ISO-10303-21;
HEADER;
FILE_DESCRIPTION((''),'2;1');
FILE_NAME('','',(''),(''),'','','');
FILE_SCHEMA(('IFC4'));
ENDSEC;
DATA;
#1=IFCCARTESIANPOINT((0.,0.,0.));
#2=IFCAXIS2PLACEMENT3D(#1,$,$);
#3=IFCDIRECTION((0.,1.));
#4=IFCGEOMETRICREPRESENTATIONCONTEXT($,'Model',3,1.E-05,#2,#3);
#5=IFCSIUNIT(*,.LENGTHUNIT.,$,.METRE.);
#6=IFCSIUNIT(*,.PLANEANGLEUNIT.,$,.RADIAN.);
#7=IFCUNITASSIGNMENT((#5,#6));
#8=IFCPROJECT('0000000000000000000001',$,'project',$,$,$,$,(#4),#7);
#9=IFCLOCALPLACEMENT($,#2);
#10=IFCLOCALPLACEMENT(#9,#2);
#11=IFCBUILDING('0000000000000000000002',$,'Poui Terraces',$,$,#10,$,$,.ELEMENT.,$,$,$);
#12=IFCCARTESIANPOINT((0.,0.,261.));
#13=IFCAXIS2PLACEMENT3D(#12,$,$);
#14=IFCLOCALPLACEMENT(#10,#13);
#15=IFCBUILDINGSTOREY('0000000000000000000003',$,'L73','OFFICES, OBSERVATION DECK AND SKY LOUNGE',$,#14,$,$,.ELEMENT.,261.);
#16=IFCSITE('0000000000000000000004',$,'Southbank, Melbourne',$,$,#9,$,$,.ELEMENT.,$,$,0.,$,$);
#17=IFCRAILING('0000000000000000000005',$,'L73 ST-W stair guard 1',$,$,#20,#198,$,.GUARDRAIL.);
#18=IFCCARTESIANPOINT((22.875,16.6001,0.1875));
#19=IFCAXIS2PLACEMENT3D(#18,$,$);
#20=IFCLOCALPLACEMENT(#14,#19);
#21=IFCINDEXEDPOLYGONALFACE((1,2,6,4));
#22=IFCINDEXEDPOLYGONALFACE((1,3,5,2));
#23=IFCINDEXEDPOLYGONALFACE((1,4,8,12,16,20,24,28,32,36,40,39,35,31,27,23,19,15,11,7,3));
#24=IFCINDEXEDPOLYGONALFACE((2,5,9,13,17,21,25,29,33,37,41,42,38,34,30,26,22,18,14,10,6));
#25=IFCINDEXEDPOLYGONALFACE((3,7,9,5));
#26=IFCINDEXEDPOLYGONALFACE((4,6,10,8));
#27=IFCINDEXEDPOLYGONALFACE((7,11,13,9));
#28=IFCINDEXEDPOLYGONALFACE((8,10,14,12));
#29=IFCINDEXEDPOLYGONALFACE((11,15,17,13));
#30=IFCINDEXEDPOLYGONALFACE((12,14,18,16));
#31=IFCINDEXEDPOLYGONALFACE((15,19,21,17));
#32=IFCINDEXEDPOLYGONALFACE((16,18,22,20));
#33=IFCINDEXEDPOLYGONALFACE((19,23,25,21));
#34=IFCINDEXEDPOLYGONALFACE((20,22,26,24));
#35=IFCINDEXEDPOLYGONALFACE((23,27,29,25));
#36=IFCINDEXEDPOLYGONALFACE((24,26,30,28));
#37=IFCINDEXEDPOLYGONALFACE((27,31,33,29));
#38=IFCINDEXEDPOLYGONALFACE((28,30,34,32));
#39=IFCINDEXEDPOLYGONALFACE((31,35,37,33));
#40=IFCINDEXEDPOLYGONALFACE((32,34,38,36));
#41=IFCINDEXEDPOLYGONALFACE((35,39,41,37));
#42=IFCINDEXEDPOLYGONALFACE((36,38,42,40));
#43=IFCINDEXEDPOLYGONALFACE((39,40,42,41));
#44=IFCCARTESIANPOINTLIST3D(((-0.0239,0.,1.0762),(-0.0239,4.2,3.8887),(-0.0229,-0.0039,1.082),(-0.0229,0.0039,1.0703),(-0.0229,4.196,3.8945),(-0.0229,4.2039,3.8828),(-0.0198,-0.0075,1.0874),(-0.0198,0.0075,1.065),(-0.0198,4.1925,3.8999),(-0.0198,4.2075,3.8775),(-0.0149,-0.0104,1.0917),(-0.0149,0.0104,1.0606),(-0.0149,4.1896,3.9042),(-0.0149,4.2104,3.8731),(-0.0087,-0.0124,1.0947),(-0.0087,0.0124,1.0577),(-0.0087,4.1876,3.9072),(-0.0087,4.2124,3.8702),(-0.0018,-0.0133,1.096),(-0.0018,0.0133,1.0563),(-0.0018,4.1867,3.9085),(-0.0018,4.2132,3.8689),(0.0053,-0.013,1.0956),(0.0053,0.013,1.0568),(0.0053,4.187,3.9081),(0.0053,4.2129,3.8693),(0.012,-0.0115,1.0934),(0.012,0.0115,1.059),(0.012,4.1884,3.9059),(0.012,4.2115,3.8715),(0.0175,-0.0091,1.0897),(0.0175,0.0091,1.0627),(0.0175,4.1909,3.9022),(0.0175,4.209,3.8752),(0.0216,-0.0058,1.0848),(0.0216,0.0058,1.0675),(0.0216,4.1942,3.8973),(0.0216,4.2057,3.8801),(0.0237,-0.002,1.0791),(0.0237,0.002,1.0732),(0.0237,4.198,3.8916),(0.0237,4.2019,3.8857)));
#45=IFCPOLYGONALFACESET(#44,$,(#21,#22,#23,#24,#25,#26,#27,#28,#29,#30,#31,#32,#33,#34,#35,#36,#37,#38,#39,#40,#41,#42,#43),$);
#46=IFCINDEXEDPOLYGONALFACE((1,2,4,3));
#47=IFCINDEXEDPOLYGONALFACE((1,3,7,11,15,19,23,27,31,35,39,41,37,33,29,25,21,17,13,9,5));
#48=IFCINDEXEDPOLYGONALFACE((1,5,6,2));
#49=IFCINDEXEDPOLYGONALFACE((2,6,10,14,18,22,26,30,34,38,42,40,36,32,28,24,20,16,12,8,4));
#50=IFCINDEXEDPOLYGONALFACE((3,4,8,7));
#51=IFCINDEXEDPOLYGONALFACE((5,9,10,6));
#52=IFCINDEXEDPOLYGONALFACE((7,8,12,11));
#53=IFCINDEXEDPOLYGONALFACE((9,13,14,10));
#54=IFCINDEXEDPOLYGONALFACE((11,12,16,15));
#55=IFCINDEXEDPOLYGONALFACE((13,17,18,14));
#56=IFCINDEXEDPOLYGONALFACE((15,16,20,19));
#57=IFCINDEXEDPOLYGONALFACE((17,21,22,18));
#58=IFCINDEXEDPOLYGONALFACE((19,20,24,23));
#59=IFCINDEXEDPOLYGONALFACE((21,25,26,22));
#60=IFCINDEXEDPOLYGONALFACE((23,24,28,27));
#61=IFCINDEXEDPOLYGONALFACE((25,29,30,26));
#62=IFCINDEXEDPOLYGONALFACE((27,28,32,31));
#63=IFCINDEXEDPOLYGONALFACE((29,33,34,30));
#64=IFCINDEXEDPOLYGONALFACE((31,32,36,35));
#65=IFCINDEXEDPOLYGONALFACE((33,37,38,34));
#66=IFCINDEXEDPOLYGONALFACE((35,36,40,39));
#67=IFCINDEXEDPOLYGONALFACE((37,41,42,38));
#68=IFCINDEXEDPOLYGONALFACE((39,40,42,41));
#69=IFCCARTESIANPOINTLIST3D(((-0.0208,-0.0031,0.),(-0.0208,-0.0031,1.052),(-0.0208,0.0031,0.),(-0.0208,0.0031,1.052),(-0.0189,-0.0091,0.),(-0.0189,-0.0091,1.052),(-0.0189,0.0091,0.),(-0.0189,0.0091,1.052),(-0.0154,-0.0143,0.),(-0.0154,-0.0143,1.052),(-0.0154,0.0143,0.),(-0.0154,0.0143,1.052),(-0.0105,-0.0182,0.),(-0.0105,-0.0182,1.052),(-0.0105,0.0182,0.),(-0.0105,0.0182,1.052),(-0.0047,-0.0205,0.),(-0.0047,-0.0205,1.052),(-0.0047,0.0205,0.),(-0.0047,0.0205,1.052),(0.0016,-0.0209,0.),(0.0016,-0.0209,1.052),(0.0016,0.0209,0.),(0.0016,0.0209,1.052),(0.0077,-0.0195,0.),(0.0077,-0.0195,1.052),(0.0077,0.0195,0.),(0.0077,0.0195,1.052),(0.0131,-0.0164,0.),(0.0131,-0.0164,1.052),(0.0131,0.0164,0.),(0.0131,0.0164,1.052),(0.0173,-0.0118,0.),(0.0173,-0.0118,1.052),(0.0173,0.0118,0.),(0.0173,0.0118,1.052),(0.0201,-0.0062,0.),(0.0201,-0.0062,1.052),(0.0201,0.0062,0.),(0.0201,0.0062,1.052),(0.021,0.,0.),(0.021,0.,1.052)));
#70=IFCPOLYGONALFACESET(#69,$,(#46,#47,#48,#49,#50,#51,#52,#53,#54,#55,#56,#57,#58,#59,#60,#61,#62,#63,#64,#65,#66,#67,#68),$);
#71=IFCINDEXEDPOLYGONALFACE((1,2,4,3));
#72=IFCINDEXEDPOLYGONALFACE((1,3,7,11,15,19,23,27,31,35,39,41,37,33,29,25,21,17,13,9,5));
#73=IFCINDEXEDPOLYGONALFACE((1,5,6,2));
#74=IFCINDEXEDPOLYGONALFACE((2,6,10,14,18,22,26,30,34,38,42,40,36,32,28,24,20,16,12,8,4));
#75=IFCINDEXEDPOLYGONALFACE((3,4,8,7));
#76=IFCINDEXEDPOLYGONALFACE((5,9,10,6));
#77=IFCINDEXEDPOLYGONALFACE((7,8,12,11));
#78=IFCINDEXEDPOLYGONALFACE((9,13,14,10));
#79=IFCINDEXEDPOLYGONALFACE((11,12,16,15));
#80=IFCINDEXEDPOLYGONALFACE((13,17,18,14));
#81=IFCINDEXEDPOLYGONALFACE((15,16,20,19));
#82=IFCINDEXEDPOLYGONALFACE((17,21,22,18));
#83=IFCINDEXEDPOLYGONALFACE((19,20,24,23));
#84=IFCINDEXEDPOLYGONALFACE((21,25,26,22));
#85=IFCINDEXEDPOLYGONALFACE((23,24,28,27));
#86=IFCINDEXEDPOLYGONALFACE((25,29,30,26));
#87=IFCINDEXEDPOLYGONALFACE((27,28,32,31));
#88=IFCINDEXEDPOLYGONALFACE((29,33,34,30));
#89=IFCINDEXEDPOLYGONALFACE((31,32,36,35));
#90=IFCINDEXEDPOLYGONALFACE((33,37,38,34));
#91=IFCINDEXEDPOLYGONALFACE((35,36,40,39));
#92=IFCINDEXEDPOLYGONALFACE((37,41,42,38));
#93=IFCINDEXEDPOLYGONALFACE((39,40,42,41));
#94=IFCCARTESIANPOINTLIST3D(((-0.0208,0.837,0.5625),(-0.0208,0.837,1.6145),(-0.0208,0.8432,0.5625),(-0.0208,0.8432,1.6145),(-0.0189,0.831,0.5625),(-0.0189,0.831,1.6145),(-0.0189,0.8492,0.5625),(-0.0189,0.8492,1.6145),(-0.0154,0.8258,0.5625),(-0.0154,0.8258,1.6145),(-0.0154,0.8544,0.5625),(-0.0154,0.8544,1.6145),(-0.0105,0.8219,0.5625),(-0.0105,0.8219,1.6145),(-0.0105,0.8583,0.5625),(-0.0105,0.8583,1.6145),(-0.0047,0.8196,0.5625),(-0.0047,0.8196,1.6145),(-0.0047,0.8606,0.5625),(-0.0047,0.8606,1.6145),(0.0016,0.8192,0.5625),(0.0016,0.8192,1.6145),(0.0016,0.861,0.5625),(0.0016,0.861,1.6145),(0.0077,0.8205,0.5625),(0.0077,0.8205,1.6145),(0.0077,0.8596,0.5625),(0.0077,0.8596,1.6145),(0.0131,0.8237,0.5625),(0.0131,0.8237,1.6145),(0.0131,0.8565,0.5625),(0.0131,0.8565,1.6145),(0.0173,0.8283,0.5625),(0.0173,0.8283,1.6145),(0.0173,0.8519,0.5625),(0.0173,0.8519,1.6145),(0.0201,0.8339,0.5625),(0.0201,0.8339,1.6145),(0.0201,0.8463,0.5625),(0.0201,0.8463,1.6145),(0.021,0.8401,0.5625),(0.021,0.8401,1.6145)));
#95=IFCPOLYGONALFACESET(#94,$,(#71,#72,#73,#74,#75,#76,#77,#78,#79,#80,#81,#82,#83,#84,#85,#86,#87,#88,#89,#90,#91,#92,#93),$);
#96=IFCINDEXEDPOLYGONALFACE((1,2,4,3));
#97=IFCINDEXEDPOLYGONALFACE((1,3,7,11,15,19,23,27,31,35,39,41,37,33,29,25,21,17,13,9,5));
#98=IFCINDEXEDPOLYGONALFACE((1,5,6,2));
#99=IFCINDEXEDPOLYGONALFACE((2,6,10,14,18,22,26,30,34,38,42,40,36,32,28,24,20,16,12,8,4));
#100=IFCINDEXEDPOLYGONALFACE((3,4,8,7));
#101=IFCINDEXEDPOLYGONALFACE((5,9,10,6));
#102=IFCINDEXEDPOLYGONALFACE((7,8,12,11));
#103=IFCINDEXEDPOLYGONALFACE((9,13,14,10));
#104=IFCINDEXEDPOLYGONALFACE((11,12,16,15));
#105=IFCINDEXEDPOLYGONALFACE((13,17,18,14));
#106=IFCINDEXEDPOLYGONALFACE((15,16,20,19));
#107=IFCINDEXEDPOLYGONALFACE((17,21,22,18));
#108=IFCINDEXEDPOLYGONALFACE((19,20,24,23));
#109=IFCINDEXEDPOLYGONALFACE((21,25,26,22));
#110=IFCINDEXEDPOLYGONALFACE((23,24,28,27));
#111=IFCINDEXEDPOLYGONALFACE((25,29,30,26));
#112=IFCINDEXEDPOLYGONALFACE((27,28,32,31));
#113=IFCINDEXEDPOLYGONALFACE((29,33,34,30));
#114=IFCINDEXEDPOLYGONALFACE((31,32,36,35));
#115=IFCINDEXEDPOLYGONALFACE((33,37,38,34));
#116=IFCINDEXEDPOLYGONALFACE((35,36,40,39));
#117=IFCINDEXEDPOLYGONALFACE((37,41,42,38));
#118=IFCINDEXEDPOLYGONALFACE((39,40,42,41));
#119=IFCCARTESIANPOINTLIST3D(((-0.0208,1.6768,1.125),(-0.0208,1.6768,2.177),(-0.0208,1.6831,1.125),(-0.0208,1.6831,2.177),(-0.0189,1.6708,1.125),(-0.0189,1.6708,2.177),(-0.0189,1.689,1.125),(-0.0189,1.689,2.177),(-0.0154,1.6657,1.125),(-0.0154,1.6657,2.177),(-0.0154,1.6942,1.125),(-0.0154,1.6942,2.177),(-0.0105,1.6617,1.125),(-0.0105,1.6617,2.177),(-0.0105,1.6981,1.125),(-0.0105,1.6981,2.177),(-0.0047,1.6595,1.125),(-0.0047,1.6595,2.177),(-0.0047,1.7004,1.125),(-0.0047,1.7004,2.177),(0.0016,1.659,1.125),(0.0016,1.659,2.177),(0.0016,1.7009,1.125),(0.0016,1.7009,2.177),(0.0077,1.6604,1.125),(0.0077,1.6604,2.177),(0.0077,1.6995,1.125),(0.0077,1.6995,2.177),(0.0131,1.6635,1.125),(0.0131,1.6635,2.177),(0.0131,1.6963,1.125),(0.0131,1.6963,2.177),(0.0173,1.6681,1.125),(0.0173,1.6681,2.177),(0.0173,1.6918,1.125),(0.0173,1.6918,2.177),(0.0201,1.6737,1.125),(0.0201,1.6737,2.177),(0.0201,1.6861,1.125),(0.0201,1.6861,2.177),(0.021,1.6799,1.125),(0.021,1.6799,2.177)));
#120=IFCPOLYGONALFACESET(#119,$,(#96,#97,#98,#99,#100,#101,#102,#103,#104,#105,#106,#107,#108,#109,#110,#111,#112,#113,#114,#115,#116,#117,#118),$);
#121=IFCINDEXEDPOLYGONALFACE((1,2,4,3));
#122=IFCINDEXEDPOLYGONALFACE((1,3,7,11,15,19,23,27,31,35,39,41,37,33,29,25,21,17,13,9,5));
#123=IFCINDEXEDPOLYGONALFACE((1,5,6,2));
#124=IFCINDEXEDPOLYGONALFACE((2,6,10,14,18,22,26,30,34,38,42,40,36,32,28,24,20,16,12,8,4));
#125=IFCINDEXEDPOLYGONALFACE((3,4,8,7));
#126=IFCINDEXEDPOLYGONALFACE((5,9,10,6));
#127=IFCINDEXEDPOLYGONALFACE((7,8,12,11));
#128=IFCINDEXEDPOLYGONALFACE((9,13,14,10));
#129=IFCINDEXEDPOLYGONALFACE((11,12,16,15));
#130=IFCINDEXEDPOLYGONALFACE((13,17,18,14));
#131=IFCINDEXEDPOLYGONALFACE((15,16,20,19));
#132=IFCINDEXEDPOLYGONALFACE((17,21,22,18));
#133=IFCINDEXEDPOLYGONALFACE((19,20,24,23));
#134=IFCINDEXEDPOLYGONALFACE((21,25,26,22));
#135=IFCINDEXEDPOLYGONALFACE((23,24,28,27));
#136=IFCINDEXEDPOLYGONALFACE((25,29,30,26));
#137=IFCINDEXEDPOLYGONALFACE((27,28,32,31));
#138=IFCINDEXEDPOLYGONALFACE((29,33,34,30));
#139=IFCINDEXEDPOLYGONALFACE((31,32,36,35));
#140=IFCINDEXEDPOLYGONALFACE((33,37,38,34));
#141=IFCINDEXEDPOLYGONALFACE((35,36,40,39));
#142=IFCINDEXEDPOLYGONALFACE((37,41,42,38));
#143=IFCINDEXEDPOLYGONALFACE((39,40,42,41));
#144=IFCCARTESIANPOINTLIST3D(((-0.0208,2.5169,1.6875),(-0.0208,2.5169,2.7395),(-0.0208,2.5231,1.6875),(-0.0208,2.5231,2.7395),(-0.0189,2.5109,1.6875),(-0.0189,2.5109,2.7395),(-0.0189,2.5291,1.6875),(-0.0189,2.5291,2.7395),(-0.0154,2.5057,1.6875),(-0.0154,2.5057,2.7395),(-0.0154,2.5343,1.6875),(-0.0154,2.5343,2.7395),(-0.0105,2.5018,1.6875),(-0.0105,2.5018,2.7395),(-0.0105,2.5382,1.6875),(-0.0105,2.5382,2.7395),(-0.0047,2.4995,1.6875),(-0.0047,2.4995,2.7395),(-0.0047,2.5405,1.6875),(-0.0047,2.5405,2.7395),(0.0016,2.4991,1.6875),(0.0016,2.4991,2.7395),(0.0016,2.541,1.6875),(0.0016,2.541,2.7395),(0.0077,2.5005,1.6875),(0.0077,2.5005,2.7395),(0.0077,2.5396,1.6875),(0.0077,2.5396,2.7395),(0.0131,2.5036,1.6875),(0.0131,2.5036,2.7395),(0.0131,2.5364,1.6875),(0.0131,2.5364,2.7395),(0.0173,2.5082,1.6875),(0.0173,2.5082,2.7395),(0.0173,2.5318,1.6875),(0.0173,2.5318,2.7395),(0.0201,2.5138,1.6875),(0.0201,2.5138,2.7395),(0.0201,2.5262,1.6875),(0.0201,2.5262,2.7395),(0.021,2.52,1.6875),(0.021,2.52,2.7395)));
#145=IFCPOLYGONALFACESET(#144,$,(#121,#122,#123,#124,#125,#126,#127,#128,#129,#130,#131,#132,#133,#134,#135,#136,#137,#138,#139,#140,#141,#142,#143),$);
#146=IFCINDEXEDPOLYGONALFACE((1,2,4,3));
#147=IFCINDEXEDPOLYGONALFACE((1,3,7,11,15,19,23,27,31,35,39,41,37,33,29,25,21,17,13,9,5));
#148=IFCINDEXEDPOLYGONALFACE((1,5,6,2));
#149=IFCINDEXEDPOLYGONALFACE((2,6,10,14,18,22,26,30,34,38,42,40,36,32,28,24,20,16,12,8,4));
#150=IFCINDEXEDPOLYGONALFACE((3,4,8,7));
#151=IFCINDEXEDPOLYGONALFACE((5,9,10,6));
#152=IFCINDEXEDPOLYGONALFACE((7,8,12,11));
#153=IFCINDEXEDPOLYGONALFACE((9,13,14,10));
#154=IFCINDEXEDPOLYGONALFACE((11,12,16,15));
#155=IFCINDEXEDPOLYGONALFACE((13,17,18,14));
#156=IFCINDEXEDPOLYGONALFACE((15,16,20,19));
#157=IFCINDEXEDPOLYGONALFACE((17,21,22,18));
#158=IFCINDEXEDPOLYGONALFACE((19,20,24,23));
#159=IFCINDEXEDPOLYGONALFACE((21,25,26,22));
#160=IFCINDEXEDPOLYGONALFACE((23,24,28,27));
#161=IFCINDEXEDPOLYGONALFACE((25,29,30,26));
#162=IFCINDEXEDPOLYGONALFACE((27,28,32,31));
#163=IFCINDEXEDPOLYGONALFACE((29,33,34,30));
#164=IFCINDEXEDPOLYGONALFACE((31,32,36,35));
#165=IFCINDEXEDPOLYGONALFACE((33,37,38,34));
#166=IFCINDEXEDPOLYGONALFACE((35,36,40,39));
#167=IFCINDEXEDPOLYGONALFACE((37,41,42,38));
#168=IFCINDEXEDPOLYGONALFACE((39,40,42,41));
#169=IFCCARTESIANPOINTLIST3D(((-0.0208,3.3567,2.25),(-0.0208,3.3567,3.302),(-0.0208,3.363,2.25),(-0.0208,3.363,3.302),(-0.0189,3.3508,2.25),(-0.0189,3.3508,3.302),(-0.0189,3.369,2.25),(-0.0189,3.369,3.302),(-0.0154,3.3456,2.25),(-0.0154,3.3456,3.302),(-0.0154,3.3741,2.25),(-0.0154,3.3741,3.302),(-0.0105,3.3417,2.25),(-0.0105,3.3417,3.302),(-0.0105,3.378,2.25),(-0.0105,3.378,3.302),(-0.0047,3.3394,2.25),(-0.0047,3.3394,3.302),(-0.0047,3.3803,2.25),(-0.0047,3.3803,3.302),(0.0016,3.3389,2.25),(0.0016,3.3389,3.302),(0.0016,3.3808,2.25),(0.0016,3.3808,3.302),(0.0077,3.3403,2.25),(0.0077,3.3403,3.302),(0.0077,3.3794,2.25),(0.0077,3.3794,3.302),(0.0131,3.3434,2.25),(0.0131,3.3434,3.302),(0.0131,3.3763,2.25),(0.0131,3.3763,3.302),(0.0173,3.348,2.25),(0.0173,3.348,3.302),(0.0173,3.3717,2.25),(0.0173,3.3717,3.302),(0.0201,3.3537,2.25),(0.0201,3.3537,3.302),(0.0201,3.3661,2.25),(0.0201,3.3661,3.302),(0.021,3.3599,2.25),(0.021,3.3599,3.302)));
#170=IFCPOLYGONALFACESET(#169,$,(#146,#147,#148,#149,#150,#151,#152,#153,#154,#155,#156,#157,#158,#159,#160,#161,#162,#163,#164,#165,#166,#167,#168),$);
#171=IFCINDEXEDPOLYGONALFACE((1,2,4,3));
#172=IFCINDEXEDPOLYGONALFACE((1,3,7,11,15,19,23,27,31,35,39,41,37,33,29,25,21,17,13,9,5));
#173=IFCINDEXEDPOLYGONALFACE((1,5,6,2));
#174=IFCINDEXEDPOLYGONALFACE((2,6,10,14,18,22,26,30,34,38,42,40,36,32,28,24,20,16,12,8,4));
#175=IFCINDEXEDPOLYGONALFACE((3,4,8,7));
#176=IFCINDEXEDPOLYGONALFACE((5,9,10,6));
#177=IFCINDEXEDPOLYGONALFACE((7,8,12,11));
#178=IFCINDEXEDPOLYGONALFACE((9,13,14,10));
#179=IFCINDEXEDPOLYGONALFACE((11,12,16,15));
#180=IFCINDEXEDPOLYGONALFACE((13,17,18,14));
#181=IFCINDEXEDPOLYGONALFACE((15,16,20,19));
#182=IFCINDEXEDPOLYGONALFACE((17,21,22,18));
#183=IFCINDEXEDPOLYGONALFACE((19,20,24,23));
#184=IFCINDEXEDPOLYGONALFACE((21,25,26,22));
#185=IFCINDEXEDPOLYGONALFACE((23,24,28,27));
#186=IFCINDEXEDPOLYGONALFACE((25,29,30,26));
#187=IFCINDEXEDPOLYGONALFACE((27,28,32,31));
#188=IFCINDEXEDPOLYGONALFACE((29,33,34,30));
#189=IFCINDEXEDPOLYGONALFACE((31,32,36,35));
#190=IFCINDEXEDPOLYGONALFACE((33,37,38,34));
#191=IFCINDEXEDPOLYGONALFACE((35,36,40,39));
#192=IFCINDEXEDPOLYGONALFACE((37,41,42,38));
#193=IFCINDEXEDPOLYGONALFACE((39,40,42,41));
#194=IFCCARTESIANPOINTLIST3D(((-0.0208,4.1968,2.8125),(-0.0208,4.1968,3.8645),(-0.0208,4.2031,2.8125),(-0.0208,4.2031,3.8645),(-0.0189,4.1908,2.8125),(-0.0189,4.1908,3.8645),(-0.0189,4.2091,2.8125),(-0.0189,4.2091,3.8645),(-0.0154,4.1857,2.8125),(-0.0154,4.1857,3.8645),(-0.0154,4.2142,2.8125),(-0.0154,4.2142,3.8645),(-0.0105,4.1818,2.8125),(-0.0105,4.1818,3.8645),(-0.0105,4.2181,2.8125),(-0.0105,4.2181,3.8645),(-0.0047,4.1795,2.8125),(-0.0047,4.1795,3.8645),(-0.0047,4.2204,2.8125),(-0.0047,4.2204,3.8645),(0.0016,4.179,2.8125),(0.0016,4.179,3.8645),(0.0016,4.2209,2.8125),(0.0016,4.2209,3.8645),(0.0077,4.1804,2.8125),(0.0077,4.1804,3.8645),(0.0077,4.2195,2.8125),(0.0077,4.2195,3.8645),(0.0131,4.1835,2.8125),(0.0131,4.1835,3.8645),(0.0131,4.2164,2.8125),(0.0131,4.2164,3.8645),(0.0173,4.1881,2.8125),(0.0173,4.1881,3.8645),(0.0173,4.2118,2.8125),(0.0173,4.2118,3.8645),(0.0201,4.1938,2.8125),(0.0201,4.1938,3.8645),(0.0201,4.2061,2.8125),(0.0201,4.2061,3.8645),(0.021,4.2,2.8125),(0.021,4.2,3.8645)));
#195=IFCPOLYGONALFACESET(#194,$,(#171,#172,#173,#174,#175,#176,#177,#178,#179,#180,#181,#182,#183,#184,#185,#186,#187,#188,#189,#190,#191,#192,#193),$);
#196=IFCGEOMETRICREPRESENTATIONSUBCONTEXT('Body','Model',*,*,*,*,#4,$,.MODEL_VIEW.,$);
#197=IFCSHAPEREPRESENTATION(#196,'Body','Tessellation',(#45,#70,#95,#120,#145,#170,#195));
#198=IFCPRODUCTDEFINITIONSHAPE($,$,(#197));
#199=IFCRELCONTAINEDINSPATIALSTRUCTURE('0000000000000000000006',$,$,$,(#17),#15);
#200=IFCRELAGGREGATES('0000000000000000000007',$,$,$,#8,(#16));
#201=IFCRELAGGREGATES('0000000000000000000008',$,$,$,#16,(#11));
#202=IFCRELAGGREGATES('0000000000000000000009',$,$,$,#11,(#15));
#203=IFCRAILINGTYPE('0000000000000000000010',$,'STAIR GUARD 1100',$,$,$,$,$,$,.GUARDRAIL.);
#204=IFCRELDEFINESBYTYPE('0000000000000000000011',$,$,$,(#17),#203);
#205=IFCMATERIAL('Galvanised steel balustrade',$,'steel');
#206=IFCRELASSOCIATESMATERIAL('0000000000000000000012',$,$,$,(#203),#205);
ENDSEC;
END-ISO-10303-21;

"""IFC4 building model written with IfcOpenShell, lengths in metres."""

from ifc_helpers import new_model, si_unit, direction, frame, origin, origin_2d, place, context, subcontext, project, spatial, circle, extrude, material, type_object, element, save


model = new_model("IFC4")

# Units and contexts
model_context = context("Model", 3, precision=1e-05, world=origin(), true_north=direction((0.0, 1.0)))
body_context = subcontext(model_context, "Body", "Model", "MODEL_VIEW")
ifc_project = project(units=[si_unit("LENGTHUNIT", "METRE"), si_unit("PLANEANGLEUNIT", "RADIAN")], contexts=[model_context])

# Site, building, storey
site_placement = place(None, origin())
site = spatial("IfcSite", under=ifc_project, at=site_placement, Name="Southbank, Melbourne", CompositionType="ELEMENT", RefElevation=0.0)
building_placement = place(site_placement, origin())
building = spatial("IfcBuilding", under=site, at=building_placement, Name="Poui Terraces", CompositionType="ELEMENT")
storey_placement = place(building_placement, frame((0.0, 0.0, 261.0)))
storey = spatial("IfcBuildingStorey", under=building, at=storey_placement, Name="L73", Description="OFFICES, OBSERVATION DECK AND SKY LOUNGE", CompositionType="ELEMENT", Elevation=261.0)

# Railing
ifc_material_1 = material(Name="Galvanised steel balustrade", Category="steel")
railing_type_1 = type_object("IfcRailingType", Name="STAIR GUARD 1100", PredefinedType="GUARDRAIL", material=ifc_material_1)
railing_1_placement = place(storey_placement, frame((22.875, 16.6001, 0.1875)))
element("IfcRailing", 1, at=railing_1_placement, inside=storey, type_object=railing_type_1, Name="L73 ST-W stair guard 1", PredefinedType="GUARDRAIL", context=body_context, shape_type="SweptSolid", body=[
    extrude(circle(Radius=0.0239, at=origin_2d()), frame((0.0, 0.0, 1.0762), z_axis=(0.0, 0.830904, 0.556416), x_axis=(-1.0, 0.0, 0.0)), (0.0, 0.0, 1.0), 5.0547),
    extrude(circle(Radius=0.021, at=origin_2d()), origin(), (0.0, 0.0, 1.0), 1.052),
    extrude(circle(Radius=0.021, at=origin_2d()), frame((0.0, 0.8401, 0.5625)), (0.0, 0.0, 1.0), 1.052),
    extrude(circle(Radius=0.021, at=origin_2d()), frame((0.0, 1.6799, 1.125)), (0.0, 0.0, 1.0), 1.052),
    extrude(circle(Radius=0.021, at=origin_2d()), frame((0.0, 2.52, 1.6875)), (0.0, 0.0, 1.0), 1.052),
    extrude(circle(Radius=0.021, at=origin_2d()), frame((0.0, 3.3599, 2.25)), (0.0, 0.0, 1.0), 1.052),
    extrude(circle(Radius=0.021, at=origin_2d()), frame((0.0, 4.2, 2.8125)), (0.0, 0.0, 1.0), 1.052),
])

save(model, "model.ifc")
